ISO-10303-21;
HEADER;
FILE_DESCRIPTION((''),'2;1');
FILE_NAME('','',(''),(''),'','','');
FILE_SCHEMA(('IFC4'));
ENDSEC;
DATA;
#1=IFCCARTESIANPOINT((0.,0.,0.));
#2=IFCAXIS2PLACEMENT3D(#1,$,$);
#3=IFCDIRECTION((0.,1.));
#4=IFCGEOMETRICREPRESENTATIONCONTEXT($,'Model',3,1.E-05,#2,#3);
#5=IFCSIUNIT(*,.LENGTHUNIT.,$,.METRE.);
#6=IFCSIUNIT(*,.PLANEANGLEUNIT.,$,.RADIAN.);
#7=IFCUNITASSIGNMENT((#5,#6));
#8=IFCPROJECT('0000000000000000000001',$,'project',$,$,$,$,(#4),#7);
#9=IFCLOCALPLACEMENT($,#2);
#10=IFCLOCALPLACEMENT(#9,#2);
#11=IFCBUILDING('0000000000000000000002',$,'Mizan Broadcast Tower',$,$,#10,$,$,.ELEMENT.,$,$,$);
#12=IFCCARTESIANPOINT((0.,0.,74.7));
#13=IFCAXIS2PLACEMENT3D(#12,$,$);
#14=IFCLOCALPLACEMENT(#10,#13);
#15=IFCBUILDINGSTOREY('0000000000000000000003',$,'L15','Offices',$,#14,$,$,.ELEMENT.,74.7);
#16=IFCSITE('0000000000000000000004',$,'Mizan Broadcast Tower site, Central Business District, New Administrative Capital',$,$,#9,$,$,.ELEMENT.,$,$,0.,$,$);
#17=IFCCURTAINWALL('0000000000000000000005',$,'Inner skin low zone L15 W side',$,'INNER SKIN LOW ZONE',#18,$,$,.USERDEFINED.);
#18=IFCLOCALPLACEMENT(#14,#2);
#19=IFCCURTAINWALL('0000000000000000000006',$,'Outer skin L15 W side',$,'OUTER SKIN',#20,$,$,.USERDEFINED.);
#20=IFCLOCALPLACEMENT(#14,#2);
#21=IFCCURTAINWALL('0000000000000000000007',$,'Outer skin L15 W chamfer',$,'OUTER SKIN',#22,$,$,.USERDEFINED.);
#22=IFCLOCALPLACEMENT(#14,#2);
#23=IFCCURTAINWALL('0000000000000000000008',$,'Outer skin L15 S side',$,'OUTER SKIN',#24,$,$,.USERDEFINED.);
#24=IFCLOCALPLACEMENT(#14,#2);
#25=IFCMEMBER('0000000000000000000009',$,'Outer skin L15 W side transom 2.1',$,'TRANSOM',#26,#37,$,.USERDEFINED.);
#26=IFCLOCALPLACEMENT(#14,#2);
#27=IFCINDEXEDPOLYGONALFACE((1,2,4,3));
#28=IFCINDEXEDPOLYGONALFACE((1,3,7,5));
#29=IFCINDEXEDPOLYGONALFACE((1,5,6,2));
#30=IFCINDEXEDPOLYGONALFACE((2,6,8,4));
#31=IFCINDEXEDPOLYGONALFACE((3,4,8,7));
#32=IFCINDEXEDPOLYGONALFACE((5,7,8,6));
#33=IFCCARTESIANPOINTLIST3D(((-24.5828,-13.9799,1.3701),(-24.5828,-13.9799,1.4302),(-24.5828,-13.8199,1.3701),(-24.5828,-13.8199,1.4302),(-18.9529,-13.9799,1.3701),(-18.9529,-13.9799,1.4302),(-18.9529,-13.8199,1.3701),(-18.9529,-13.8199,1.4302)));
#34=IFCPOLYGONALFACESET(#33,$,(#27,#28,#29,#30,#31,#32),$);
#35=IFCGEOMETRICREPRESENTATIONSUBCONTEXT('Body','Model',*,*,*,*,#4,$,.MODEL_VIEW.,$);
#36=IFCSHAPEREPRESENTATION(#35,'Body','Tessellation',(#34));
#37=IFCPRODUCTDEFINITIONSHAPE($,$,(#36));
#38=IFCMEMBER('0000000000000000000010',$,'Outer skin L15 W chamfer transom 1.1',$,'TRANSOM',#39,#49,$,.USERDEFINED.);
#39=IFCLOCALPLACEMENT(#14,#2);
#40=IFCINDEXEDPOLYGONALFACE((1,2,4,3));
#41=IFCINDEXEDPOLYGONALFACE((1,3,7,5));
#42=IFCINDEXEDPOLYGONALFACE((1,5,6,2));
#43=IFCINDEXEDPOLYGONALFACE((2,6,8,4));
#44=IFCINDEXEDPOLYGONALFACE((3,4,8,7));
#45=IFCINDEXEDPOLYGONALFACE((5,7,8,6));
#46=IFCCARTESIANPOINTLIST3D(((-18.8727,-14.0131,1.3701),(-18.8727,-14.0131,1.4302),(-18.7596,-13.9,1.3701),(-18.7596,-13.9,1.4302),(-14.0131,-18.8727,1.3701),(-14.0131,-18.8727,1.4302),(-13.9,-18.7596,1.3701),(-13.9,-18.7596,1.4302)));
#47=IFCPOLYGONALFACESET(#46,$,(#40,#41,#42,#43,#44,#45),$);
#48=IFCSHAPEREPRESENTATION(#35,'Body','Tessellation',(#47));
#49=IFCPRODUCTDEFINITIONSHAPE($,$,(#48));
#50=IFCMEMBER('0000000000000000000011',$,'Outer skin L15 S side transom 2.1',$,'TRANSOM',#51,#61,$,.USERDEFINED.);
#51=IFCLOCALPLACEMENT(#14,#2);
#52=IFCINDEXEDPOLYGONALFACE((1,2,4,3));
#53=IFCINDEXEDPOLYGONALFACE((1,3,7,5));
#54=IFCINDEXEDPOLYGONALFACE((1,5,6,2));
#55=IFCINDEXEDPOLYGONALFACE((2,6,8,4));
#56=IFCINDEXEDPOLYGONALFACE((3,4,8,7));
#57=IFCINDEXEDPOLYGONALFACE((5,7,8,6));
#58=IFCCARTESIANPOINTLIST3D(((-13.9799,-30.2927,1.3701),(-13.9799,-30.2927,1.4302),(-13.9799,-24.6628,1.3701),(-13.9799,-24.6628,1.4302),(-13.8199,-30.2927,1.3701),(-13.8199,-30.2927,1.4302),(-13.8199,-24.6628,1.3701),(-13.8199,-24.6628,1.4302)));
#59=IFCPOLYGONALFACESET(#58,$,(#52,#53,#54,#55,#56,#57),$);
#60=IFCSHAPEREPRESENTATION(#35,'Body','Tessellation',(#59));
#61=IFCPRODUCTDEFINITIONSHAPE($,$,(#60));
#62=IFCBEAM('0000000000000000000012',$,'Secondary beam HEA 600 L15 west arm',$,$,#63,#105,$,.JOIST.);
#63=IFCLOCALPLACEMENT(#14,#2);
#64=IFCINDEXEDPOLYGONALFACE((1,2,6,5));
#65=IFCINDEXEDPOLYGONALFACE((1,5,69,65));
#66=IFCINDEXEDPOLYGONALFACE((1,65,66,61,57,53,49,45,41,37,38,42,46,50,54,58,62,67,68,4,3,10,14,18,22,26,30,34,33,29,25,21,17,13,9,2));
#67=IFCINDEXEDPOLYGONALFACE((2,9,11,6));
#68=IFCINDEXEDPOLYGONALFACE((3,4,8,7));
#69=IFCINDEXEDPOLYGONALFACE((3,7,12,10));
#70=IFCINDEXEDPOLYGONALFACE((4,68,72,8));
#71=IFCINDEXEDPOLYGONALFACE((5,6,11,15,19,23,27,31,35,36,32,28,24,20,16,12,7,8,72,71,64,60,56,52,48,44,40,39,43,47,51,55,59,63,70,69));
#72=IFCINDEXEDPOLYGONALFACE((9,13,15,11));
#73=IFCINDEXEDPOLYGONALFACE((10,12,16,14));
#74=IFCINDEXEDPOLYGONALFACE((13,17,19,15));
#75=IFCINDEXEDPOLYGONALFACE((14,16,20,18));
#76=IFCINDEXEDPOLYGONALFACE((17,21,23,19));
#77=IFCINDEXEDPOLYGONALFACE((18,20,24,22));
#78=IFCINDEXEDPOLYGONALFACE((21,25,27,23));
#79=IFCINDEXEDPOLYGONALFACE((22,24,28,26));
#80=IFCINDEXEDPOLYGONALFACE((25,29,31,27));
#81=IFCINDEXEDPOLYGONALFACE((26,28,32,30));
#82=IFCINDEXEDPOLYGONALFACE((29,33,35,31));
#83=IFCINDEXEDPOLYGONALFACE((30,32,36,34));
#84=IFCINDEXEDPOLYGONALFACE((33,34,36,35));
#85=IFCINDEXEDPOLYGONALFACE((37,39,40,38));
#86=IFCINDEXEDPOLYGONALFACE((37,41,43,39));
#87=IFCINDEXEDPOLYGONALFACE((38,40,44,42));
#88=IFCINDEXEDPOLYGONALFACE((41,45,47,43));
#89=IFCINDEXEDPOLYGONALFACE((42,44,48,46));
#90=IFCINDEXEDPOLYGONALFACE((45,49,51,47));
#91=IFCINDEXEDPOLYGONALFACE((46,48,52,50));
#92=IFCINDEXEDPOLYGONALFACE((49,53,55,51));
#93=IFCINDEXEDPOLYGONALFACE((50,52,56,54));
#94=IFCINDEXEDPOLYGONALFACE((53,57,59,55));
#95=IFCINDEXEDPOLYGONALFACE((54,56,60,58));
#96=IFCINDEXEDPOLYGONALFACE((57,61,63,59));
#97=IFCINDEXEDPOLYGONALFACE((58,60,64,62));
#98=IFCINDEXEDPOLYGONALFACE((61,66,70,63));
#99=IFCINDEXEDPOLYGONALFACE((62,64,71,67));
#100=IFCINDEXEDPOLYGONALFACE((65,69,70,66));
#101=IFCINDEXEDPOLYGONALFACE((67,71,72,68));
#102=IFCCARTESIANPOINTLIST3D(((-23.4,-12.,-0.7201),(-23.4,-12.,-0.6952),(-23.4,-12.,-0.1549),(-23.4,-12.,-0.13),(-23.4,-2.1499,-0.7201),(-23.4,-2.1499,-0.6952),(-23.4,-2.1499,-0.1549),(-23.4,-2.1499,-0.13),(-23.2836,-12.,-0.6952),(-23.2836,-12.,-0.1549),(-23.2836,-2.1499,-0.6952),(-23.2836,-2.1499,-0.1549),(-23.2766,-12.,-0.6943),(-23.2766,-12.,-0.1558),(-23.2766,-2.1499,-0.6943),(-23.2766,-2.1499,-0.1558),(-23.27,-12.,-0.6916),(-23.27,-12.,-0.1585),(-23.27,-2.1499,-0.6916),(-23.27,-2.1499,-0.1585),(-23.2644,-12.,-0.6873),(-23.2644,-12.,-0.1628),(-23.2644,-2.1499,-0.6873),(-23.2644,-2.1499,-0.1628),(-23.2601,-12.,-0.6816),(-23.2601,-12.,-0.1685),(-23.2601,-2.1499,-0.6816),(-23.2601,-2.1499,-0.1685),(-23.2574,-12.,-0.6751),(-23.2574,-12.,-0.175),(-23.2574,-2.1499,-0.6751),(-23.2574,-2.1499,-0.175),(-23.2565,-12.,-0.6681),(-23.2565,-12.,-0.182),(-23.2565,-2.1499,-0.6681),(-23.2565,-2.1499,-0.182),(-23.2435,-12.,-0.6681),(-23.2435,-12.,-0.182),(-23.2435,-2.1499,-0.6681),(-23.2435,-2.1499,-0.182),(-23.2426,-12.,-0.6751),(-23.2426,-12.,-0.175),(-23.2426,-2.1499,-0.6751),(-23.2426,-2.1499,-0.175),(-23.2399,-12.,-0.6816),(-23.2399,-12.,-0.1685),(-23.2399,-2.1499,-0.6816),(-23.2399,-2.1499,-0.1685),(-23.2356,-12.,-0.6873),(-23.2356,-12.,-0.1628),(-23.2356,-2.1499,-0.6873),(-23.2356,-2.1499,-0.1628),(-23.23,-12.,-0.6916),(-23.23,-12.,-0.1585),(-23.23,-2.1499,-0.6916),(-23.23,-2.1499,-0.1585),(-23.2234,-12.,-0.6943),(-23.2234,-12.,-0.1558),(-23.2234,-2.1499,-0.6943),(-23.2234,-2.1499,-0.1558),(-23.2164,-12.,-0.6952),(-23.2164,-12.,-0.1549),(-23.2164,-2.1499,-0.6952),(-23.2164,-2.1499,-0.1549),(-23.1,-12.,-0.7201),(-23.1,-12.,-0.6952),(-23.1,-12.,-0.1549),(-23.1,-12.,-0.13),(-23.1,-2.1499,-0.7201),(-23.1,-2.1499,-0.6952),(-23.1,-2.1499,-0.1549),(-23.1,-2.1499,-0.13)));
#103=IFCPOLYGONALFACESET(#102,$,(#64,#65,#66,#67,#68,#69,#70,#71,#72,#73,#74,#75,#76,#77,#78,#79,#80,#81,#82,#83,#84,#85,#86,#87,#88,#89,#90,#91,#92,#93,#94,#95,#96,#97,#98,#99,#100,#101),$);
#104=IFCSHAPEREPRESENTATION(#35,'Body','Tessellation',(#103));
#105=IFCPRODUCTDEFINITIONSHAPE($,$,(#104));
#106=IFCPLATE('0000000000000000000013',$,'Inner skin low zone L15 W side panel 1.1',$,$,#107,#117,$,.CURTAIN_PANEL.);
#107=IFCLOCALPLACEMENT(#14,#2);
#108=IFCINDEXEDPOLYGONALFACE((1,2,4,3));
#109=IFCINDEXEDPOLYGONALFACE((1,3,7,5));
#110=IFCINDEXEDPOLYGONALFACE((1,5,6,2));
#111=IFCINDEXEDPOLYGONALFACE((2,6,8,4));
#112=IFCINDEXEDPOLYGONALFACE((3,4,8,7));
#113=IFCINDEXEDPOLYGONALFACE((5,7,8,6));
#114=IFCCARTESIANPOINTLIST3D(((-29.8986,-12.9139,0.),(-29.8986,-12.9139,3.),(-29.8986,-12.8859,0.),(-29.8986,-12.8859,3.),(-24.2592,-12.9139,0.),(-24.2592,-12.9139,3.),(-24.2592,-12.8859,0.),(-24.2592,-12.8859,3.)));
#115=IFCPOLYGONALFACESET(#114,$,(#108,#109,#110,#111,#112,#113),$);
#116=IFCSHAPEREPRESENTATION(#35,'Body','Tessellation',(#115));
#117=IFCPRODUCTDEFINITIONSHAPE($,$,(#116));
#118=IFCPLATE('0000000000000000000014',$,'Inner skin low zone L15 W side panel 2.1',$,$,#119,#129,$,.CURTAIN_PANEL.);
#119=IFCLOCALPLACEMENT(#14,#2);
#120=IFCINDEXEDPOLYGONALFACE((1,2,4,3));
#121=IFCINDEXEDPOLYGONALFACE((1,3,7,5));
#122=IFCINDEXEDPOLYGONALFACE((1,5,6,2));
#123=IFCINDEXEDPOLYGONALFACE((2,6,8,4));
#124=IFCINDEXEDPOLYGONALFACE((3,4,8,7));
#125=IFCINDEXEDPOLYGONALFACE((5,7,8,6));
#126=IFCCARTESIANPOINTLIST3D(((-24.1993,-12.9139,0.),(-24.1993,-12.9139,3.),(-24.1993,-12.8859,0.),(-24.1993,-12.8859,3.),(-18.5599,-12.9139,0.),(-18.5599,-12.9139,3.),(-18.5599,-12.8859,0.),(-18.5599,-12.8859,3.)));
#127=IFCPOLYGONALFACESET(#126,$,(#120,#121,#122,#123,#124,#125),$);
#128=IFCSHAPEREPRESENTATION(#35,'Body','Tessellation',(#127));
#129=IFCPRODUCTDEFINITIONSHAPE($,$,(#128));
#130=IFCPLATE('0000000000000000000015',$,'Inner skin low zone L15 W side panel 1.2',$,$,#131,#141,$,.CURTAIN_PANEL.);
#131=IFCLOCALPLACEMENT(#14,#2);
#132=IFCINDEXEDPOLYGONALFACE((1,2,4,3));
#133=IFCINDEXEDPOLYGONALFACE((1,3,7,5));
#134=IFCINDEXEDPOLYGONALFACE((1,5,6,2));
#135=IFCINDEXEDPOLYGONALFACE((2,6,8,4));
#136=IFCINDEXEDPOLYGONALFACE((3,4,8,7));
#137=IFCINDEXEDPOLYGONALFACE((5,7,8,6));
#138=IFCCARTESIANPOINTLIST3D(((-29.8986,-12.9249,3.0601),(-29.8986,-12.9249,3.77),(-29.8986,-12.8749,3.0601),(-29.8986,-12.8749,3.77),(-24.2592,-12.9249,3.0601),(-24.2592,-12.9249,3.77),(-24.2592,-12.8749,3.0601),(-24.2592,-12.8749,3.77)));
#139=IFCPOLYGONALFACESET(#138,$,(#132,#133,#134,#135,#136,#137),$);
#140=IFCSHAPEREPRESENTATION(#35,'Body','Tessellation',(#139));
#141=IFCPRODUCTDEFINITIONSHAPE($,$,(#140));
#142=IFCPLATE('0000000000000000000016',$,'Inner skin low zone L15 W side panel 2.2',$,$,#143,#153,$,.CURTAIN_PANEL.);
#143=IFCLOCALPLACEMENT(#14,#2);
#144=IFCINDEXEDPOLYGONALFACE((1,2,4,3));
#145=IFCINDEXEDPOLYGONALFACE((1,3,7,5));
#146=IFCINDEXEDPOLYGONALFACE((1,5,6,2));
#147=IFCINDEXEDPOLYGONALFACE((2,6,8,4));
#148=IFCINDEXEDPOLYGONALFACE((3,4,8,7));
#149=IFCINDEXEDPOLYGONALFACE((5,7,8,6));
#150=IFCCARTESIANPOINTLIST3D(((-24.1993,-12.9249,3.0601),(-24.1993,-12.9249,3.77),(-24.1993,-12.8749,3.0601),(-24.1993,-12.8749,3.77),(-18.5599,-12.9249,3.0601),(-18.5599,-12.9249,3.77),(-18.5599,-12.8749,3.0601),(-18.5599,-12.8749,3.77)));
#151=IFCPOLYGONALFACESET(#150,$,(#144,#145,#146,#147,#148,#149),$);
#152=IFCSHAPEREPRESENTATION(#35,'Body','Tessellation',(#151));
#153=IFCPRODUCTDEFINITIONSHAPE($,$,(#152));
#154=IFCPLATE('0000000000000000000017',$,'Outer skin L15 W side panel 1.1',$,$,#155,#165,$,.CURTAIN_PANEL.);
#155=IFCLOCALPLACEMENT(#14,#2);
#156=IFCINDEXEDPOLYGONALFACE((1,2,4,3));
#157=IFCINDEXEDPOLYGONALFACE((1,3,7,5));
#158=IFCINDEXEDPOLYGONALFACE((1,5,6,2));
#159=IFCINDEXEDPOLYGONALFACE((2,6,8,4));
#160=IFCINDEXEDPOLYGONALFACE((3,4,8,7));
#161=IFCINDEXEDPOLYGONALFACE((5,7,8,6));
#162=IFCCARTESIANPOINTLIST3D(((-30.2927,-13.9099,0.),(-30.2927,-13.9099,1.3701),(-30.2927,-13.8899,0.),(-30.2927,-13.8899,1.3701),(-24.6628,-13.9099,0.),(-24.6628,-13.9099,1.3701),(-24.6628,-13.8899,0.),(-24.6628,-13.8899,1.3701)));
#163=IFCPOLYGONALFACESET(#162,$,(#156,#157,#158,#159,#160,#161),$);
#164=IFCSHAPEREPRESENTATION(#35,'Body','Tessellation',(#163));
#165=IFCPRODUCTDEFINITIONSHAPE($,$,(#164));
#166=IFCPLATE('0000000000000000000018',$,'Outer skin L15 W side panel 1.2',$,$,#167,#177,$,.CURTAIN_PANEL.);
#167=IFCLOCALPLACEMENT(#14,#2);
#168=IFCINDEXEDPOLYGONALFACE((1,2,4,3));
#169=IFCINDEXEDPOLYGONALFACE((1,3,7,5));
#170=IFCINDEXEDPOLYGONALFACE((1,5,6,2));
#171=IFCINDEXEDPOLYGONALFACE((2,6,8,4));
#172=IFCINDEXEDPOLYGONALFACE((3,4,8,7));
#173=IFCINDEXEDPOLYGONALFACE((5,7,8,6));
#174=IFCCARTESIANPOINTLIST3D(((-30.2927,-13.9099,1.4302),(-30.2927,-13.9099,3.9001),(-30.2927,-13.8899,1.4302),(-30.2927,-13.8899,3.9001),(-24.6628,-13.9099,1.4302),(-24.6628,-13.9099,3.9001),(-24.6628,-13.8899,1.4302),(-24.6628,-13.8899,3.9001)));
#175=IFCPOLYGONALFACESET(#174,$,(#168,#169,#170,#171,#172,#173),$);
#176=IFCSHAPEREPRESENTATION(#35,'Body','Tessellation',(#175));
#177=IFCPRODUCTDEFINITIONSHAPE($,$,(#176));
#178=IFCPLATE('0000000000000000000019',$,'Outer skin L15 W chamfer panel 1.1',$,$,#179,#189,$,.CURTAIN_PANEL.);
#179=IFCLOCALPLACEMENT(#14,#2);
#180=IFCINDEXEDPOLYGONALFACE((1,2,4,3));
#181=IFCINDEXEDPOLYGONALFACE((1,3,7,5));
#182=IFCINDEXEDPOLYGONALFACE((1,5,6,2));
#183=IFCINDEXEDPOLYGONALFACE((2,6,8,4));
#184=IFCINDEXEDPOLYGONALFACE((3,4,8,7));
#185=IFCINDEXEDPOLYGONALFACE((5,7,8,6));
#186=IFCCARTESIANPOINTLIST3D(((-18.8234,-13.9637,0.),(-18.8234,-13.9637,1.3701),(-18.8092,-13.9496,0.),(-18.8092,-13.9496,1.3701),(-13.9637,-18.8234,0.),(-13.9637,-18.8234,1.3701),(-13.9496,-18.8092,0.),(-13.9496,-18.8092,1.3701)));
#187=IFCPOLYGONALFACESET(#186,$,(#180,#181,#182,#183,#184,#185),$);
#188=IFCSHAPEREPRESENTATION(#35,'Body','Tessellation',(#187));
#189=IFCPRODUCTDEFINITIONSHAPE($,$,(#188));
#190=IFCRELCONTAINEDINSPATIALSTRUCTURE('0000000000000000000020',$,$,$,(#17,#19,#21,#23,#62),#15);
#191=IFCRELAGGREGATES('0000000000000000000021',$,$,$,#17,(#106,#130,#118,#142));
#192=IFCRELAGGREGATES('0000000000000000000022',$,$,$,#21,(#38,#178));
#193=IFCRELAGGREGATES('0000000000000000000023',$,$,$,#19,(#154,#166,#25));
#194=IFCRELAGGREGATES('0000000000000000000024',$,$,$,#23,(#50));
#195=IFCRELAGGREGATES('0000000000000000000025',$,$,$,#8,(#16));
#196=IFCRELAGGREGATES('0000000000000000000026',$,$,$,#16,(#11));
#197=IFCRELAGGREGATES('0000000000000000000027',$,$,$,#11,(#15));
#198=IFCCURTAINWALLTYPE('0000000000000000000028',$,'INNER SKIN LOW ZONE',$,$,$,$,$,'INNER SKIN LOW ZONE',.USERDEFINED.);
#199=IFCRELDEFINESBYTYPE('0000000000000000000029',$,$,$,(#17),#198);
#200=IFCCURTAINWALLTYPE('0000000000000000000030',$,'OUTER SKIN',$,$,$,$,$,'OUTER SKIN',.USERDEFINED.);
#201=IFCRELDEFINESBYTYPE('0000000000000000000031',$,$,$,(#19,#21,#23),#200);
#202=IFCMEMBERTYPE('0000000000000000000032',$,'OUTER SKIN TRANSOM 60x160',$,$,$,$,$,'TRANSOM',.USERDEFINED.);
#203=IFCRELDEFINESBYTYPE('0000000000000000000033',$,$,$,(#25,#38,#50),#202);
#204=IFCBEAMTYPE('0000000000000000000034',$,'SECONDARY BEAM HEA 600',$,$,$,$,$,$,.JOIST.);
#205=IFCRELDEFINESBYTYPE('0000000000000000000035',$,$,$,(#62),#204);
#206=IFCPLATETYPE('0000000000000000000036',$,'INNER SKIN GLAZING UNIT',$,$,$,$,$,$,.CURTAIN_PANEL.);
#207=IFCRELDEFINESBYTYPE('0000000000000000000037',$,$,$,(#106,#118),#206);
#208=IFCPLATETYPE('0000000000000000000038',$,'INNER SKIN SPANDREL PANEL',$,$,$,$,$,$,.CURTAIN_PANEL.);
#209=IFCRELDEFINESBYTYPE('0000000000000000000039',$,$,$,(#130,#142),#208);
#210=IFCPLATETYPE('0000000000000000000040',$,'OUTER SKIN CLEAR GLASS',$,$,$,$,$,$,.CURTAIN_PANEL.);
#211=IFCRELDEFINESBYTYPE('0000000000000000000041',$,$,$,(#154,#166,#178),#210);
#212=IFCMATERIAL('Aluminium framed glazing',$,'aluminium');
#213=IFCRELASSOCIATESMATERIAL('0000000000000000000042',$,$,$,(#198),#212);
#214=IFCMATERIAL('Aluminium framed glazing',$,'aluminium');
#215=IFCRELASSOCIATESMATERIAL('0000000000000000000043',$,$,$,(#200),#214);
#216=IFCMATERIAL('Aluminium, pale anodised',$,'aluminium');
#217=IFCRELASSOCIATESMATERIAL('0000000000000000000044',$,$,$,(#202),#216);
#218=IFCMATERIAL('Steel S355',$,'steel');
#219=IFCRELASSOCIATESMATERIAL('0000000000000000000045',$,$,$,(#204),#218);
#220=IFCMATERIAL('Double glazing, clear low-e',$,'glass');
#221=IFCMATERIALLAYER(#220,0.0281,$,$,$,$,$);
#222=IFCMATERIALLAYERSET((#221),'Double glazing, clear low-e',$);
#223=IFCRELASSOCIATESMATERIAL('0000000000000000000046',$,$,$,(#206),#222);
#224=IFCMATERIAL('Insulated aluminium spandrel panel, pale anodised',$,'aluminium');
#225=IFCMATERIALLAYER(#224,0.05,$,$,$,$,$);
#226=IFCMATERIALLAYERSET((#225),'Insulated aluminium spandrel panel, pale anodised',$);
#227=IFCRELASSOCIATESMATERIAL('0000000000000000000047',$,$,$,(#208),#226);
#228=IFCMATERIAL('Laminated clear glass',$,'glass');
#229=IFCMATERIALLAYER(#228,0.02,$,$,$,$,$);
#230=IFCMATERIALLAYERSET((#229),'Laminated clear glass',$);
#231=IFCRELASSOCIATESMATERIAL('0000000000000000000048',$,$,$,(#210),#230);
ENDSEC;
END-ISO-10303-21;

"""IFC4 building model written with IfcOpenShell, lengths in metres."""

from ifc_helpers import new_model, si_unit, direction, frame, origin, origin_2d, place, context, subcontext, project, spatial, rectangle, i_section, extrude, material, layer, layer_set, material_profile, profile_set, type_object, element, aggregate, save


model = new_model("IFC4")

# Units and contexts
model_context = context("Model", 3, precision=1e-05, world=origin(), true_north=direction((0.0, 1.0)))
body_context = subcontext(model_context, "Body", "Model", "MODEL_VIEW")
ifc_project = project(units=[si_unit("LENGTHUNIT", "METRE"), si_unit("PLANEANGLEUNIT", "RADIAN")], contexts=[model_context])

# Site, building, storey
site_placement = place(None, origin())
site = spatial("IfcSite", under=ifc_project, at=site_placement, Name="Mizan Broadcast Tower site, Central Business District, New Administrative Capital", CompositionType="ELEMENT", RefElevation=0.0)
building_placement = place(site_placement, origin())
building = spatial("IfcBuilding", under=site, at=building_placement, Name="Mizan Broadcast Tower", CompositionType="ELEMENT")
storey_placement = place(building_placement, frame((0.0, 0.0, 74.7)))
storey = spatial("IfcBuildingStorey", under=building, at=storey_placement, Name="L15", Description="Offices", CompositionType="ELEMENT", Elevation=74.7)

# Shared definitions
ifc_material_1 = material(Name="Aluminium framed glazing", Category="aluminium")
curtain_wall_type_1 = type_object("IfcCurtainWallType", Name="INNER SKIN LOW ZONE", ElementType="INNER SKIN LOW ZONE", PredefinedType="USERDEFINED", material=ifc_material_1)

# Curtain wall
curtain_wall_1_placement = place(storey_placement, origin())
curtain_wall_1 = element("IfcCurtainWall", 1, at=curtain_wall_1_placement, inside=storey, type_object=curtain_wall_type_1, Name="Inner skin low zone L15 W side", ObjectType="INNER SKIN LOW ZONE", PredefinedType="USERDEFINED")

# Shared definitions
ifc_material_2 = material(Name="Aluminium framed glazing", Category="aluminium")
curtain_wall_type_2 = type_object("IfcCurtainWallType", Name="OUTER SKIN", ElementType="OUTER SKIN", PredefinedType="USERDEFINED", material=ifc_material_2)

# Curtain wall
curtain_wall_2_placement = place(storey_placement, origin())
curtain_wall_2 = element("IfcCurtainWall", 2, at=curtain_wall_2_placement, inside=storey, type_object=curtain_wall_type_2, Name="Outer skin L15 W side", ObjectType="OUTER SKIN", PredefinedType="USERDEFINED")

# Curtain walls
curtain_wall_3_placement = place(storey_placement, origin())
curtain_wall_3 = element("IfcCurtainWall", 3, at=curtain_wall_3_placement, inside=storey, type_object=curtain_wall_type_2, Name="Outer skin L15 W chamfer", ObjectType="OUTER SKIN", PredefinedType="USERDEFINED")
curtain_wall_4_placement = place(storey_placement, origin())
curtain_wall_4 = element("IfcCurtainWall", 4, at=curtain_wall_4_placement, inside=storey, type_object=curtain_wall_type_2, Name="Outer skin L15 S side", ObjectType="OUTER SKIN", PredefinedType="USERDEFINED")

# Members
ifc_material_3 = material(Name="Aluminium, pale anodised", Category="aluminium")
ifc_material_profile_1 = material_profile(ifc_material_3, rectangle(XDim=0.1599, YDim=0.0601, at=origin_2d()), Name="TRANSOM 160x60")
ifc_profile_set_1 = profile_set([ifc_material_profile_1], Name="Aluminium, pale anodised")
member_type_1 = type_object("IfcMemberType", Name="OUTER SKIN TRANSOM 60x160", ElementType="TRANSOM", PredefinedType="USERDEFINED", material=ifc_profile_set_1)
member_1_placement = place(storey_placement, frame((-24.5828, -13.8999, 1.4001), z_axis=(1.0, 0.0, 0.0), x_axis=(0.0, 1.0, 0.0)))
member_1 = element("IfcMember", 5, at=member_1_placement, type_object=member_type_1, Name="Outer skin L15 W side transom 2.1", ObjectType="TRANSOM", PredefinedType="USERDEFINED", context=body_context, shape_type="SweptSolid", body=[
    extrude(rectangle(XDim=0.1599, YDim=0.0601, at=origin_2d()), origin(), (0.0, 0.0, 1.0), 5.6299),
])
member_2_placement = place(storey_placement, frame((-18.8162, -13.9565, 1.4001), z_axis=(0.707107, -0.707107, 0.0), x_axis=(0.707107, 0.707107, 0.0)))
member_2 = element("IfcMember", 6, at=member_2_placement, type_object=member_type_1, Name="Outer skin L15 W chamfer transom 1.1", ObjectType="TRANSOM", PredefinedType="USERDEFINED", context=body_context, shape_type="SweptSolid", body=[
    extrude(rectangle(XDim=0.1599, YDim=0.0601, at=origin_2d()), origin(), (0.0, 0.0, 1.0), 6.8726),
])
member_3_placement = place(storey_placement, frame((-13.8999, -24.6628, 1.4001), z_axis=(0.0, -1.0, 0.0), x_axis=(1.0, 0.0, 0.0)))
member_3 = element("IfcMember", 7, at=member_3_placement, type_object=member_type_1, Name="Outer skin L15 S side transom 2.1", ObjectType="TRANSOM", PredefinedType="USERDEFINED", context=body_context, shape_type="SweptSolid", body=[
    extrude(rectangle(XDim=0.1599, YDim=0.0601, at=origin_2d()), origin(), (0.0, 0.0, 1.0), 5.6299),
])

# Beam
ifc_material_4 = material(Name="Steel S355", Category="steel")
ifc_material_profile_2 = material_profile(ifc_material_4, i_section(OverallWidth=0.3, OverallDepth=0.5901, WebThickness=0.0129, FlangeThickness=0.0249, FilletRadius=0.0271, at=origin_2d()), Name="HEA 600")
ifc_profile_set_2 = profile_set([ifc_material_profile_2], Name="Steel S355")
beam_type_1 = type_object("IfcBeamType", Name="SECONDARY BEAM HEA 600", PredefinedType="JOIST", material=ifc_profile_set_2)
beam_1_placement = place(storey_placement, frame((-23.25, -12.0, -0.425), z_axis=(0.0, 1.0, 0.0), x_axis=(-1.0, 0.0, 0.0)))
element("IfcBeam", 8, at=beam_1_placement, inside=storey, type_object=beam_type_1, Name="Secondary beam HEA 600 L15 west arm", PredefinedType="JOIST", context=body_context, shape_type="SweptSolid", body=[
    extrude(i_section(OverallWidth=0.3, OverallDepth=0.5901, WebThickness=0.0129, FlangeThickness=0.0249, FilletRadius=0.0271, at=origin_2d()), origin(), (0.0, 0.0, 1.0), 9.8501),
])

# Plates
ifc_material_5 = material(Name="Double glazing, clear low-e", Category="glass")
ifc_layer_1 = layer(ifc_material_5, 0.0281)
ifc_layer_set_1 = layer_set([ifc_layer_1], Name="Double glazing, clear low-e")
plate_type_1 = type_object("IfcPlateType", Name="INNER SKIN GLAZING UNIT", PredefinedType="CURTAIN_PANEL", material=ifc_layer_set_1)
plate_1_placement = place(storey_placement, frame((-27.0789, -12.8999, 0.0), z_axis=(0.0, 0.0, 1.0), x_axis=(1.0, 0.0, 0.0)))
plate_1 = element("IfcPlate", 9, at=plate_1_placement, type_object=plate_type_1, Name="Inner skin low zone L15 W side panel 1.1", PredefinedType="CURTAIN_PANEL", context=body_context, shape_type="SweptSolid", body=[
    extrude(rectangle(XDim=5.6394, YDim=0.0281, at=origin_2d()), origin(), (0.0, 0.0, 1.0), 3.0),
])
plate_2_placement = place(storey_placement, frame((-21.3796, -12.8999, 0.0), z_axis=(0.0, 0.0, 1.0), x_axis=(1.0, 0.0, 0.0)))
plate_2 = element("IfcPlate", 10, at=plate_2_placement, type_object=plate_type_1, Name="Inner skin low zone L15 W side panel 2.1", PredefinedType="CURTAIN_PANEL", context=body_context, shape_type="SweptSolid", body=[
    extrude(rectangle(XDim=5.6394, YDim=0.0281, at=origin_2d()), origin(), (0.0, 0.0, 1.0), 3.0),
])
ifc_material_6 = material(Name="Insulated aluminium spandrel panel, pale anodised", Category="aluminium")
ifc_layer_2 = layer(ifc_material_6, 0.05)
ifc_layer_set_2 = layer_set([ifc_layer_2], Name="Insulated aluminium spandrel panel, pale anodised")
plate_type_2 = type_object("IfcPlateType", Name="INNER SKIN SPANDREL PANEL", PredefinedType="CURTAIN_PANEL", material=ifc_layer_set_2)
plate_3_placement = place(storey_placement, frame((-27.0789, -12.8999, 3.0601), z_axis=(0.0, 0.0, 1.0), x_axis=(1.0, 0.0, 0.0)))
plate_3 = element("IfcPlate", 11, at=plate_3_placement, type_object=plate_type_2, Name="Inner skin low zone L15 W side panel 1.2", PredefinedType="CURTAIN_PANEL", context=body_context, shape_type="SweptSolid", body=[
    extrude(rectangle(XDim=5.6394, YDim=0.05, at=origin_2d()), origin(), (0.0, 0.0, 1.0), 0.71),
])
plate_4_placement = place(storey_placement, frame((-21.3796, -12.8999, 3.0601), z_axis=(0.0, 0.0, 1.0), x_axis=(1.0, 0.0, 0.0)))
plate_4 = element("IfcPlate", 12, at=plate_4_placement, type_object=plate_type_2, Name="Inner skin low zone L15 W side panel 2.2", PredefinedType="CURTAIN_PANEL", context=body_context, shape_type="SweptSolid", body=[
    extrude(rectangle(XDim=5.6394, YDim=0.05, at=origin_2d()), origin(), (0.0, 0.0, 1.0), 0.71),
])
aggregate(curtain_wall_1, [plate_1, plate_3, plate_2, plate_4])
ifc_material_7 = material(Name="Laminated clear glass", Category="glass")
ifc_layer_3 = layer(ifc_material_7, 0.02)
ifc_layer_set_3 = layer_set([ifc_layer_3], Name="Laminated clear glass")
plate_type_3 = type_object("IfcPlateType", Name="OUTER SKIN CLEAR GLASS", PredefinedType="CURTAIN_PANEL", material=ifc_layer_set_3)
plate_5_placement = place(storey_placement, frame((-27.4778, -13.8999, 0.0), z_axis=(0.0, 0.0, 1.0), x_axis=(1.0, 0.0, 0.0)))
plate_5 = element("IfcPlate", 13, at=plate_5_placement, type_object=plate_type_3, Name="Outer skin L15 W side panel 1.1", PredefinedType="CURTAIN_PANEL", context=body_context, shape_type="SweptSolid", body=[
    extrude(rectangle(XDim=5.6299, YDim=0.02, at=origin_2d()), origin(), (0.0, 0.0, 1.0), 1.3701),
])
plate_6_placement = place(storey_placement, frame((-27.4778, -13.8999, 1.4302), z_axis=(0.0, 0.0, 1.0), x_axis=(1.0, 0.0, 0.0)))
plate_6 = element("IfcPlate", 14, at=plate_6_placement, type_object=plate_type_3, Name="Outer skin L15 W side panel 1.2", PredefinedType="CURTAIN_PANEL", context=body_context, shape_type="SweptSolid", body=[
    extrude(rectangle(XDim=5.6299, YDim=0.02, at=origin_2d()), origin(), (0.0, 0.0, 1.0), 2.47),
])
plate_7_placement = place(storey_placement, frame((-16.3865, -16.3865, 0.0), z_axis=(0.0, 0.0, 1.0), x_axis=(0.707107, -0.707107, 0.0)))
plate_7 = element("IfcPlate", 15, at=plate_7_placement, type_object=plate_type_3, Name="Outer skin L15 W chamfer panel 1.1", PredefinedType="CURTAIN_PANEL", context=body_context, shape_type="SweptSolid", body=[
    extrude(rectangle(XDim=6.8726, YDim=0.02, at=origin_2d()), origin(), (0.0, 0.0, 1.0), 1.3701),
])
aggregate(curtain_wall_3, [member_2, plate_7])
aggregate(curtain_wall_2, [plate_5, plate_6, member_1])
aggregate(curtain_wall_4, [member_3])

save(model, "model.ifc")
